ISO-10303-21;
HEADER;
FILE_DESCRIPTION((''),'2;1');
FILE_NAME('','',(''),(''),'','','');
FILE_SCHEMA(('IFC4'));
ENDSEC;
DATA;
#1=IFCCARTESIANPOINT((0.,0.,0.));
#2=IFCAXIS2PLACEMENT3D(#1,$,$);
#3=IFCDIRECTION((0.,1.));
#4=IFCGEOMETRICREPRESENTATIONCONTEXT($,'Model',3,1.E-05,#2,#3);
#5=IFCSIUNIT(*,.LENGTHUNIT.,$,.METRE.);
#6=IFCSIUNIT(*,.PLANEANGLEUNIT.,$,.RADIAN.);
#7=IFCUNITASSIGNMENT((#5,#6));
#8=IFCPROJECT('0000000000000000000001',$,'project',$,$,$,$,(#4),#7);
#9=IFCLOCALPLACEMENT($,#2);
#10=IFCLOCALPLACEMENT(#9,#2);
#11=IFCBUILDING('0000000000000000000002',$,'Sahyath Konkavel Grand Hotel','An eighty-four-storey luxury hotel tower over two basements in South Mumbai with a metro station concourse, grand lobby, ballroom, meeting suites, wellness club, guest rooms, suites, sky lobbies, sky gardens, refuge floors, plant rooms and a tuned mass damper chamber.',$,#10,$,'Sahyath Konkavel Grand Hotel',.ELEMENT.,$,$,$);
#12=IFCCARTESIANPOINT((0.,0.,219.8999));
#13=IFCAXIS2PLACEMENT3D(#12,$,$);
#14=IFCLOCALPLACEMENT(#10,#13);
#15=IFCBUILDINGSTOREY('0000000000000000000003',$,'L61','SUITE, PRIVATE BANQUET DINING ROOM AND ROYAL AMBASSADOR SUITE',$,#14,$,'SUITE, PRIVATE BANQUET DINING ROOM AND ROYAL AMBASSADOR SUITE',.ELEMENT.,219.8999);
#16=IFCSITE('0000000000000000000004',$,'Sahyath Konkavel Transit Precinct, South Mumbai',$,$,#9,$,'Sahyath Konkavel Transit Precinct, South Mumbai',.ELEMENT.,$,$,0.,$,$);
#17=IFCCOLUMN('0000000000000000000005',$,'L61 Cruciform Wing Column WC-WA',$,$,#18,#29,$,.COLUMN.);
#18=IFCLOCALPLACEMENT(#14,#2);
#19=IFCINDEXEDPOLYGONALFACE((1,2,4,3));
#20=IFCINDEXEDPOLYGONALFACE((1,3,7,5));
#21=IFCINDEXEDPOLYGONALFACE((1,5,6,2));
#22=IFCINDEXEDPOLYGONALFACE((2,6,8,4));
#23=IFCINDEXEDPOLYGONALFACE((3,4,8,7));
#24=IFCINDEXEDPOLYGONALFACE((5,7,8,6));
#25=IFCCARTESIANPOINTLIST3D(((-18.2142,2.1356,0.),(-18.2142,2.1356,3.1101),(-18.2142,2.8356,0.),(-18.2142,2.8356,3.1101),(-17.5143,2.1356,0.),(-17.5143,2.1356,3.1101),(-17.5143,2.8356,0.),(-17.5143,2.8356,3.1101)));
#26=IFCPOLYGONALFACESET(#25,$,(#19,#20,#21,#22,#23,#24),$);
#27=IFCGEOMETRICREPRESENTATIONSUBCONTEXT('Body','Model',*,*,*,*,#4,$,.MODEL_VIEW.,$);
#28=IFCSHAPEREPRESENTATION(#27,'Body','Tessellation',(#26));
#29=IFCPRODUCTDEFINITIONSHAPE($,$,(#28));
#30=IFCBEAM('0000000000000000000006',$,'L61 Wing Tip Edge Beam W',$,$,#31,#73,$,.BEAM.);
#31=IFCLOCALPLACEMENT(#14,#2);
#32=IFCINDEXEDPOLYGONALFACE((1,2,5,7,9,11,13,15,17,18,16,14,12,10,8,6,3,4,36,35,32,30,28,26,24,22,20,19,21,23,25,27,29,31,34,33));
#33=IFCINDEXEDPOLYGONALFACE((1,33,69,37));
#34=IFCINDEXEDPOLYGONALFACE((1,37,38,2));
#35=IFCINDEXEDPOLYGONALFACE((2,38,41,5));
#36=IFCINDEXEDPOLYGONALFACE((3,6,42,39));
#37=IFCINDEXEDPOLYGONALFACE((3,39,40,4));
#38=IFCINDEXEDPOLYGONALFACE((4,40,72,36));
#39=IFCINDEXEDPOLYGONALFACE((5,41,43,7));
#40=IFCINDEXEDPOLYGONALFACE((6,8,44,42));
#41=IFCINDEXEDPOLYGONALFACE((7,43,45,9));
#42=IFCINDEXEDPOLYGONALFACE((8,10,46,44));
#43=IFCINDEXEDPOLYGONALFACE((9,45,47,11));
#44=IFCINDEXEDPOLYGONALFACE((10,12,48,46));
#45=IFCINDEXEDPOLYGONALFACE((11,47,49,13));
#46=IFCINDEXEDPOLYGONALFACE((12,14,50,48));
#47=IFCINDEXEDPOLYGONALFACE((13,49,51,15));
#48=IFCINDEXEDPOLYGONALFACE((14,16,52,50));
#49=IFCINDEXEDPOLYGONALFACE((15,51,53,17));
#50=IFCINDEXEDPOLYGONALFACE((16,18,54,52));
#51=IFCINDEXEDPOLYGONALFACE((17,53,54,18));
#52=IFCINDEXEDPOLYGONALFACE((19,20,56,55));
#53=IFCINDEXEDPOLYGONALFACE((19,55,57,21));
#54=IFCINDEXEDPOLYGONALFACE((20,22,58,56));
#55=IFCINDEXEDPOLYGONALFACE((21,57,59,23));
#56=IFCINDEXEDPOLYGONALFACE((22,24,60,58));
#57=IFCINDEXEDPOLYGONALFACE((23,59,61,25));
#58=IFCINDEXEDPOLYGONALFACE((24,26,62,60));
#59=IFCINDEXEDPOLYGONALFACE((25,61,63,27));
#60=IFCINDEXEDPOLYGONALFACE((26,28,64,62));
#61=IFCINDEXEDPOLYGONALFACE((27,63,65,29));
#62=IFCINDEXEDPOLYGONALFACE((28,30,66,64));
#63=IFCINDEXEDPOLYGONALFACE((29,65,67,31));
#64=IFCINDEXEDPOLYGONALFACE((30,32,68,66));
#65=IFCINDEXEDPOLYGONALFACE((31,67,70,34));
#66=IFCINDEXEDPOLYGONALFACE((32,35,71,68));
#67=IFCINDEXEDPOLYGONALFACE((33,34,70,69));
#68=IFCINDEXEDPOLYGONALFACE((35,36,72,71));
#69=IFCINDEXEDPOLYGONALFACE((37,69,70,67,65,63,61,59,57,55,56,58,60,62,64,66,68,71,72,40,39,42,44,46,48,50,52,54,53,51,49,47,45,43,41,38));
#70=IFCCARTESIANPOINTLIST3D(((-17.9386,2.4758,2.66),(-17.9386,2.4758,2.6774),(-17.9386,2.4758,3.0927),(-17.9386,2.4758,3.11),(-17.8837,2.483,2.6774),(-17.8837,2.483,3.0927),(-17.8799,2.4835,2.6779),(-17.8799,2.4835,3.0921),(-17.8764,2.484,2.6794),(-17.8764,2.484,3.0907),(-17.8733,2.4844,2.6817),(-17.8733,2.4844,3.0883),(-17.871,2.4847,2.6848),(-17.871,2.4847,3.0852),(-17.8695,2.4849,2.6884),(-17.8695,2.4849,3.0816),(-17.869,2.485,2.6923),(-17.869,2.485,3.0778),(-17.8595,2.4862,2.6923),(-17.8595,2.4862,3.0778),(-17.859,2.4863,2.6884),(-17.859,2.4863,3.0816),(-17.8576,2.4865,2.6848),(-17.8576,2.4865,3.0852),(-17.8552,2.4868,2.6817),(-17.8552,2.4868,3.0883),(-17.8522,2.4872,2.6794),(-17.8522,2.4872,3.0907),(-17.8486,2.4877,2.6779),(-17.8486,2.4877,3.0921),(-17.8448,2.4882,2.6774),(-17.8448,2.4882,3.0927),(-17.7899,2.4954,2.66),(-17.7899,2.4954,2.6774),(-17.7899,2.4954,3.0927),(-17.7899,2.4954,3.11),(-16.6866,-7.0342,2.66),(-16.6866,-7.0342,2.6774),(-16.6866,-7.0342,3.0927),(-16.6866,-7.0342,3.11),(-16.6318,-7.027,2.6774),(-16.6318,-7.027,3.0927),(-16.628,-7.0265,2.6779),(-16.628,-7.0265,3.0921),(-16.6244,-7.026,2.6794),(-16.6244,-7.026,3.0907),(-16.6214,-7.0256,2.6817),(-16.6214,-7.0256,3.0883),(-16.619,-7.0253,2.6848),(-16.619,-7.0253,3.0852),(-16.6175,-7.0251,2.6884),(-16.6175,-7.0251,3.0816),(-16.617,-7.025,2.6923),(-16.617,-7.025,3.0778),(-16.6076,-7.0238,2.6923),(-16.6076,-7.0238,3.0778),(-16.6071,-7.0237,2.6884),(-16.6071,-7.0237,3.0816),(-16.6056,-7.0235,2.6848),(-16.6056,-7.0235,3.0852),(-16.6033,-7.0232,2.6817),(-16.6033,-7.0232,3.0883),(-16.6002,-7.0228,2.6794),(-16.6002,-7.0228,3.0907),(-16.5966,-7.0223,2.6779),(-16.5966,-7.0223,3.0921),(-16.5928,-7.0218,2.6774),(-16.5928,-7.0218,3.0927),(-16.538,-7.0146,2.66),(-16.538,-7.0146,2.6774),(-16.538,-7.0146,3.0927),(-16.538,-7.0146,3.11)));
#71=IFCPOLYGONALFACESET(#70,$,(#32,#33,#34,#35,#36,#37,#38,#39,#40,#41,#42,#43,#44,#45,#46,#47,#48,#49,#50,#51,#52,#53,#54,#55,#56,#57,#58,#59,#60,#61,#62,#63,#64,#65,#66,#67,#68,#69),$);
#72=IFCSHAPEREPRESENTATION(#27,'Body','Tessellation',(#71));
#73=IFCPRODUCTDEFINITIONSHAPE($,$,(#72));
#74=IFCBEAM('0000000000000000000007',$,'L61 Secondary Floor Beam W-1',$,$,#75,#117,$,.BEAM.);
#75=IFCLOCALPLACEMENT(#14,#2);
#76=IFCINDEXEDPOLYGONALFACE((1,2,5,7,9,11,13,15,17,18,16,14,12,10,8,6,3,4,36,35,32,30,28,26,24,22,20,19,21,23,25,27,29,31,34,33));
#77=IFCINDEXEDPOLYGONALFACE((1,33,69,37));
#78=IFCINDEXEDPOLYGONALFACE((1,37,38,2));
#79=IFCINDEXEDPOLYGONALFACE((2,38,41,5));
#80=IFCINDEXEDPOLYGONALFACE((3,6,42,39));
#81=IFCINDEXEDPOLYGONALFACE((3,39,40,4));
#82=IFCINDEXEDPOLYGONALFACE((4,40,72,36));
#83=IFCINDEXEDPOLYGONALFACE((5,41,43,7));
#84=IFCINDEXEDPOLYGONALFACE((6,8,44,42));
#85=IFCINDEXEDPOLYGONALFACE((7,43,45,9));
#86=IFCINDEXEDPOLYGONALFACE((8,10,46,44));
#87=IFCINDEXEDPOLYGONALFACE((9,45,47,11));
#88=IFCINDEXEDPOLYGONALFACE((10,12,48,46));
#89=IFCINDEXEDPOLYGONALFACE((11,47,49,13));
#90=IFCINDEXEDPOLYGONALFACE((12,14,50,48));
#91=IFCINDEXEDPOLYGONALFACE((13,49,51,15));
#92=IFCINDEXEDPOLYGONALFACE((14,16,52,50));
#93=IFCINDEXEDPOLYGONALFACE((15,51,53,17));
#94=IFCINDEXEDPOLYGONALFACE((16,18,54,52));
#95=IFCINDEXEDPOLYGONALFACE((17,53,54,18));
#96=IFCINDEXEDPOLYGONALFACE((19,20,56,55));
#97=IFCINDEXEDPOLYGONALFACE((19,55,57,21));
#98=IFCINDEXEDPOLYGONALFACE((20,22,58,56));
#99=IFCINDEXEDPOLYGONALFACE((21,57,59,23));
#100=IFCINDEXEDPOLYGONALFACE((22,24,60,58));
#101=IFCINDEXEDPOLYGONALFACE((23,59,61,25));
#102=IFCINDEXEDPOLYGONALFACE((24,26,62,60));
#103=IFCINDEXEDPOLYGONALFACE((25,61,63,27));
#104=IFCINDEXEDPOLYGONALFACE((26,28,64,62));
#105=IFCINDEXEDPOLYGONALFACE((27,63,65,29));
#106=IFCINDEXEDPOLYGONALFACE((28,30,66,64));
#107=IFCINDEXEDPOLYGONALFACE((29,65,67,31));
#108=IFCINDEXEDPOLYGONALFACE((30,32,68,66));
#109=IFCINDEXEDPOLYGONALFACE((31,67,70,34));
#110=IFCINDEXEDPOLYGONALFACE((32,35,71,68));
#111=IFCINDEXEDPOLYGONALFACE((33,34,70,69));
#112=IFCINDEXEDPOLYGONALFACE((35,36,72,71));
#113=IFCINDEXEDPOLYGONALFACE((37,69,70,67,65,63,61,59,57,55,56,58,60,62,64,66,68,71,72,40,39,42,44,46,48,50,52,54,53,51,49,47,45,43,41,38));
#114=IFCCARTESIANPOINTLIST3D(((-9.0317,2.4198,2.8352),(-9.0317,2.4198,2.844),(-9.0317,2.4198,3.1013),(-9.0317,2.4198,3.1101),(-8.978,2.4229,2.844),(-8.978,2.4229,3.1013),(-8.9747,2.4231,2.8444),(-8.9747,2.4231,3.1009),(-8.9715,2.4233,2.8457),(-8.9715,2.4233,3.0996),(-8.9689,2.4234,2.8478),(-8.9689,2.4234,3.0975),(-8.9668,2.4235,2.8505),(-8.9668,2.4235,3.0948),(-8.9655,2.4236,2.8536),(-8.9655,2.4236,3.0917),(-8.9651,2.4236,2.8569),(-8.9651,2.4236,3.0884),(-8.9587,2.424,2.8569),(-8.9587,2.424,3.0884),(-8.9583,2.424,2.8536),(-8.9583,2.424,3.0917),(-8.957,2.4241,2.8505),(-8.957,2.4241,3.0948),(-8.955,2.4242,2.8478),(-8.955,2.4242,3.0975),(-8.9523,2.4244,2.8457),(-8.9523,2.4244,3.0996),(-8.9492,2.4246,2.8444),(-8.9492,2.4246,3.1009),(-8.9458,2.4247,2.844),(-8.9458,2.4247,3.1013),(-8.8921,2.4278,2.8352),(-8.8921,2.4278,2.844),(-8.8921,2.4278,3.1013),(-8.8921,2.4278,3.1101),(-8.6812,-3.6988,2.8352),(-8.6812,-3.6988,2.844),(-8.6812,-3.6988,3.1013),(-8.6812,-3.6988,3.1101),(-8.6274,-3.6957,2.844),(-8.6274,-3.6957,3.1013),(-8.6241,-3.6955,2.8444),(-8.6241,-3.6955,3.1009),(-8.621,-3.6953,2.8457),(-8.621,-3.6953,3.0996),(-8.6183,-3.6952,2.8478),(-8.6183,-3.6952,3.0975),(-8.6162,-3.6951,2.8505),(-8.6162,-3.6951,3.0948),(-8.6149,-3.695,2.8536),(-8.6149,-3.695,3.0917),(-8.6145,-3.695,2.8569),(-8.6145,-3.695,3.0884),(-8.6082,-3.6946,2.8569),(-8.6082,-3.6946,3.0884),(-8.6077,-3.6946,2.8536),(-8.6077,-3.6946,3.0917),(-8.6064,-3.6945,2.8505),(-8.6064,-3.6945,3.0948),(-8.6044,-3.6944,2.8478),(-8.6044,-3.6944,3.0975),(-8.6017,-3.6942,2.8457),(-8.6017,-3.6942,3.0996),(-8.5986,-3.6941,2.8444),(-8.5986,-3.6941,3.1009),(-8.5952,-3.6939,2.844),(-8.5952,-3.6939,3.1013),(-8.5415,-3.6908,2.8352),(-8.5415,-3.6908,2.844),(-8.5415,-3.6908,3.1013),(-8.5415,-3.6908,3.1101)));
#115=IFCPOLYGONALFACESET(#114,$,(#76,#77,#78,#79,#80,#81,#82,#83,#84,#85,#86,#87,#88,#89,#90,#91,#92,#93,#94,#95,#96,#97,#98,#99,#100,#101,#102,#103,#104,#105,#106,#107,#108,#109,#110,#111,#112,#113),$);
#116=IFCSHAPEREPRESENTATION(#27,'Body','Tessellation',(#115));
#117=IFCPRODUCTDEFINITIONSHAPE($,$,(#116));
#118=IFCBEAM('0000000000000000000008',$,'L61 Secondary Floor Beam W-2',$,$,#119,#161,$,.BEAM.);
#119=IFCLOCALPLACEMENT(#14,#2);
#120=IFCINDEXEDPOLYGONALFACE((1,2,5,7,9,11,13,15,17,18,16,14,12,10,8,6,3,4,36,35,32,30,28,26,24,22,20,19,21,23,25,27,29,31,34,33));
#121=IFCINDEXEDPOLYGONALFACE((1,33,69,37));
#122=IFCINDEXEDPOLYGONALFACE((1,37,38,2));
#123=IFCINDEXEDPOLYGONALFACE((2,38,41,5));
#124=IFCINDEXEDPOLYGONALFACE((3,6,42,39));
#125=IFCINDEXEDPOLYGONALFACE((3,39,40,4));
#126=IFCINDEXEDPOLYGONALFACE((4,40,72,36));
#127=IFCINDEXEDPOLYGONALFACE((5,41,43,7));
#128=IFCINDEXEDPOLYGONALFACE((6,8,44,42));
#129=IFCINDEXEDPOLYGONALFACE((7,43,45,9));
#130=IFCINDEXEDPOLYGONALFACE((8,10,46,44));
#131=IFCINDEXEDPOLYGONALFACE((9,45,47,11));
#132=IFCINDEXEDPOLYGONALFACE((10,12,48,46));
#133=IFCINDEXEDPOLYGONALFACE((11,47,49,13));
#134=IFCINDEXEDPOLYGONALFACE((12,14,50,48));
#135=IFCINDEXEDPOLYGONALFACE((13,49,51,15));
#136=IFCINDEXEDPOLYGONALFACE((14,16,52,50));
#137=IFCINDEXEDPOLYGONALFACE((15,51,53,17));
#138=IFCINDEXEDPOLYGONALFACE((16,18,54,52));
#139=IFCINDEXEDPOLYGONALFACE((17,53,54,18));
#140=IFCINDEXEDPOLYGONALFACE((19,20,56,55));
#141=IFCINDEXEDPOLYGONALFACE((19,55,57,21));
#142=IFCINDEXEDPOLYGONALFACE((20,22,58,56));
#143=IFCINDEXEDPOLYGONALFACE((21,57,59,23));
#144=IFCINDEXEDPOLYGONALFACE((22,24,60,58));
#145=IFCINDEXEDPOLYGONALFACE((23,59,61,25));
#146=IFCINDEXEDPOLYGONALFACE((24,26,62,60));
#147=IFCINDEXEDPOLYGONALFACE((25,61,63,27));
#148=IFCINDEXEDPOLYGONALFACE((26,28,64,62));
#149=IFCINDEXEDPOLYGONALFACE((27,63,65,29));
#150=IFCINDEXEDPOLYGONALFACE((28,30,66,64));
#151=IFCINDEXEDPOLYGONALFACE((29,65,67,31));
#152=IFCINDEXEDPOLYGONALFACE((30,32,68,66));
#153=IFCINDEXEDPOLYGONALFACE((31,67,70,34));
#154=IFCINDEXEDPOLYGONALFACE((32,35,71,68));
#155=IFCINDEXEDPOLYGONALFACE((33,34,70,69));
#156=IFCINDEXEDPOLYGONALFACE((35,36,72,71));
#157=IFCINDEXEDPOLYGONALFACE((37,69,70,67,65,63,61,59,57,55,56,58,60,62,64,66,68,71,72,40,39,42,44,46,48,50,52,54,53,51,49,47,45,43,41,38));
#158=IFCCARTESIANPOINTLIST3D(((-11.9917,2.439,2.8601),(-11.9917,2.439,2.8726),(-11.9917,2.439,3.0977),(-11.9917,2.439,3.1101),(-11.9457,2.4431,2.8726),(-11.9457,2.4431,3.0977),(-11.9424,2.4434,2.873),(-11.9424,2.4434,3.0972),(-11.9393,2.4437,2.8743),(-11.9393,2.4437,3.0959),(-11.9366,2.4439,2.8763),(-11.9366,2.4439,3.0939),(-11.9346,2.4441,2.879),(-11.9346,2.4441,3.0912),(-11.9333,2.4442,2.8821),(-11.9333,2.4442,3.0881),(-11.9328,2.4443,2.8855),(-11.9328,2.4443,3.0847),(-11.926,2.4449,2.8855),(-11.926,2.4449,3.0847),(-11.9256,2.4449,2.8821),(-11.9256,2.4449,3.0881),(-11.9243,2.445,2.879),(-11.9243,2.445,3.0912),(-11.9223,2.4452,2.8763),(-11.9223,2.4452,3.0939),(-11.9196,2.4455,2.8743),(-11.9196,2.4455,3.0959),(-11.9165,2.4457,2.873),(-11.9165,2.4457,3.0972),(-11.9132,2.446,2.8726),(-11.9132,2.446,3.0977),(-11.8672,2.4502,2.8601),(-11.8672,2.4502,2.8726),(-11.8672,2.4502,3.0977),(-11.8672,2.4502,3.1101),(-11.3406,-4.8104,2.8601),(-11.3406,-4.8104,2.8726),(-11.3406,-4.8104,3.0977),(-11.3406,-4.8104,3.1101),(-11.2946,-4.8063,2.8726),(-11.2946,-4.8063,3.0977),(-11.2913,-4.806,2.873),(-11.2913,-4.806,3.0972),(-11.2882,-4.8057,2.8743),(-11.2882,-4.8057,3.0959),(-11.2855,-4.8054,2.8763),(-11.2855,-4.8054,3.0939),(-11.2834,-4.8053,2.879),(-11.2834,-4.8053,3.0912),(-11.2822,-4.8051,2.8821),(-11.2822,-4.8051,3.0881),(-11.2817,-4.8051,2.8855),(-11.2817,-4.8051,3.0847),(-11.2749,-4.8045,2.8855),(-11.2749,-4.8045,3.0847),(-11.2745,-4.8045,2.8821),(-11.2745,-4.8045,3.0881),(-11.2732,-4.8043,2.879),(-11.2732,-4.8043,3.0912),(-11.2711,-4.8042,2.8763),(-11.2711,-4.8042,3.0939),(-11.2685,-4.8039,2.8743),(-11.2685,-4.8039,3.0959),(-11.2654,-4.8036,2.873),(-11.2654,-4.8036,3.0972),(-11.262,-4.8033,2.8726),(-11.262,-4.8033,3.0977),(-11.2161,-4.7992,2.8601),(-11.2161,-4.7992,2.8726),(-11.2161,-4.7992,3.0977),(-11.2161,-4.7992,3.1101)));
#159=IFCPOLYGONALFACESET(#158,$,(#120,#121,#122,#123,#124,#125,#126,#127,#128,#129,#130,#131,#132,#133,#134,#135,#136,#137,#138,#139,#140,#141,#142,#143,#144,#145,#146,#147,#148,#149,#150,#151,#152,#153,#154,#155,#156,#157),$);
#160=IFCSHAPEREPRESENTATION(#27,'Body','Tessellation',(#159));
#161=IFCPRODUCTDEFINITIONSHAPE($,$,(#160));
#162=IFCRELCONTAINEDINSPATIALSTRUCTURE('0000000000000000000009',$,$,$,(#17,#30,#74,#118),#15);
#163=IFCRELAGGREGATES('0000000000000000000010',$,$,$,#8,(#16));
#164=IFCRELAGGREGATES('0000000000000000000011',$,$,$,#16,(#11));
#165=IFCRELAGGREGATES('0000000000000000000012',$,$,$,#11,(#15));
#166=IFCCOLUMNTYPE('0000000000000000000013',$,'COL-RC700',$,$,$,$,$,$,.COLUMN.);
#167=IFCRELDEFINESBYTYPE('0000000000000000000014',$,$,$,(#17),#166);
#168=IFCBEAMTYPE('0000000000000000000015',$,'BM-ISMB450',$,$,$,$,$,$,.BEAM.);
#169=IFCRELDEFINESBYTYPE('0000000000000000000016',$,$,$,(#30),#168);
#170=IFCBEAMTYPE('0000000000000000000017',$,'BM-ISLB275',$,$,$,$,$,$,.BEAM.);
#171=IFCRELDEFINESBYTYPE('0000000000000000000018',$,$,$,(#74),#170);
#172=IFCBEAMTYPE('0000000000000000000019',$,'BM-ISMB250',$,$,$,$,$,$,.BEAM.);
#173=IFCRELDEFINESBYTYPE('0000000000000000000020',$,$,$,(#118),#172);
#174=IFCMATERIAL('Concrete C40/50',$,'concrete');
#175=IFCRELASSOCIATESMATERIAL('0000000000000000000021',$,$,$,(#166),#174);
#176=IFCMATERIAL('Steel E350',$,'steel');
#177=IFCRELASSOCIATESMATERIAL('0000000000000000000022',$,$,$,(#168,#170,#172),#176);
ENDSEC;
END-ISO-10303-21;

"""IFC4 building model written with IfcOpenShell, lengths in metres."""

from ifc_helpers import new_model, si_unit, direction, frame, origin, origin_2d, place, context, subcontext, project, spatial, rectangle, i_section, extrude, source, transform, mapped, material, material_profile, profile_set, type_object, element, save


model = new_model("IFC4")

# Units and contexts
model_context = context("Model", 3, precision=1e-05, world=origin(), true_north=direction((0.0, 1.0)))
body_context = subcontext(model_context, "Body", "Model", "MODEL_VIEW")
ifc_project = project(units=[si_unit("LENGTHUNIT", "METRE"), si_unit("PLANEANGLEUNIT", "RADIAN")], contexts=[model_context])

# Site, building, storey
site_placement = place(None, origin())
site = spatial("IfcSite", under=ifc_project, at=site_placement, Name="Sahyath Konkavel Transit Precinct, South Mumbai", LongName="Sahyath Konkavel Transit Precinct, South Mumbai", CompositionType="ELEMENT", RefElevation=0.0)
building_placement = place(site_placement, origin())
building = spatial("IfcBuilding", under=site, at=building_placement, Name="Sahyath Konkavel Grand Hotel", Description="An eighty-four-storey luxury hotel tower over two basements in South Mumbai with a metro station concourse, grand lobby, ballroom, meeting suites, wellness club, guest rooms, suites, sky lobbies, sky gardens, refuge floors, plant rooms and a tuned mass damper chamber.", LongName="Sahyath Konkavel Grand Hotel", CompositionType="ELEMENT")
storey_placement = place(building_placement, frame((0.0, 0.0, 219.8999)))
storey = spatial("IfcBuildingStorey", under=building, at=storey_placement, Name="L61", Description="SUITE, PRIVATE BANQUET DINING ROOM AND ROYAL AMBASSADOR SUITE", LongName="SUITE, PRIVATE BANQUET DINING ROOM AND ROYAL AMBASSADOR SUITE", CompositionType="ELEMENT", Elevation=219.8999)

# Column
ifc_material_1 = material(Name="Concrete C40/50", Category="concrete")
ifc_material_profile_1 = material_profile(ifc_material_1, rectangle(XDim=0.7, YDim=0.7, at=origin_2d()), Name="RC 700x700")
ifc_profile_set_1 = profile_set([ifc_material_profile_1], Name="Concrete C40/50")
column_type = type_object("IfcColumnType", Name="COL-RC700", PredefinedType="COLUMN", material=ifc_profile_set_1)
shared_shape_1 = source(origin(), body_context, "Body", "SweptSolid", [
    extrude(rectangle(XDim=0.7, YDim=0.7, at=origin_2d()), origin(), (0.0, 0.0, 1.0), 3.1101),
])
column_placement = place(storey_placement, frame((-17.8643, 2.4856, 0.0), z_axis=(0.0, 0.0, 1.0), x_axis=(1.0, 0.0, 0.0)))
element("IfcColumn", 1, at=column_placement, inside=storey, type_object=column_type, Name="L61 Cruciform Wing Column WC-WA", PredefinedType="COLUMN", context=body_context, shape_type="MappedRepresentation", body=[
    mapped(shared_shape_1, transform((0.0, 0.0, 0.0), scale=1.0)),
])

# Beams
ifc_material_2 = material(Name="Steel E350", Category="steel")
ifc_material_profile_2 = material_profile(ifc_material_2, i_section(OverallWidth=0.1499, OverallDepth=0.45, WebThickness=0.0095, FlangeThickness=0.0173, FilletRadius=0.0149, at=origin_2d()), Name="ISMB 450")
ifc_profile_set_2 = profile_set([ifc_material_profile_2], Name="Steel E350")
beam_type_1 = type_object("IfcBeamType", Name="BM-ISMB450", PredefinedType="BEAM", material=ifc_profile_set_2)
shared_shape_2 = source(origin(), body_context, "Body", "SweptSolid", [
    extrude(i_section(OverallWidth=0.1499, OverallDepth=0.45, WebThickness=0.0095, FlangeThickness=0.0173, FilletRadius=0.0149, at=origin_2d()), origin(), (0.0, 0.0, 1.0), 9.592),
])
beam_1_placement = place(storey_placement, frame((-17.8643, 2.4856, 2.885), z_axis=(0.13052, -0.991446, 0.0), x_axis=(0.991446, 0.13052, 0.0)))
element("IfcBeam", 2, at=beam_1_placement, inside=storey, type_object=beam_type_1, Name="L61 Wing Tip Edge Beam W", PredefinedType="BEAM", context=body_context, shape_type="MappedRepresentation", body=[
    mapped(shared_shape_2, transform((0.0, 0.0, 0.0), scale=1.0)),
])
ifc_material_profile_3 = material_profile(ifc_material_2, i_section(OverallWidth=0.1399, OverallDepth=0.2749, WebThickness=0.0063, FlangeThickness=0.0088, FilletRadius=0.0129, at=origin_2d()), Name="ISLB 275")
ifc_profile_set_3 = profile_set([ifc_material_profile_3], Name="Steel E350")
beam_type_2 = type_object("IfcBeamType", Name="BM-ISLB275", PredefinedType="BEAM", material=ifc_profile_set_3)
shared_shape_3 = source(origin(), body_context, "Body", "SweptSolid", [
    extrude(i_section(OverallWidth=0.1399, OverallDepth=0.2749, WebThickness=0.0063, FlangeThickness=0.0088, FilletRadius=0.0129, at=origin_2d()), origin(), (0.0, 0.0, 1.0), 6.1287),
])
beam_2_placement = place(storey_placement, frame((-8.9619, 2.4238, 2.9727), z_axis=(0.057204, -0.998363, 0.0), x_axis=(0.998363, 0.057204, 0.0)))
element("IfcBeam", 3, at=beam_2_placement, inside=storey, type_object=beam_type_2, Name="L61 Secondary Floor Beam W-1", PredefinedType="BEAM", context=body_context, shape_type="MappedRepresentation", body=[
    mapped(shared_shape_3, transform((0.0, 0.0, 0.0), scale=1.0)),
])
ifc_material_profile_4 = material_profile(ifc_material_2, i_section(OverallWidth=0.125, OverallDepth=0.25, WebThickness=0.0068, FlangeThickness=0.0125, FilletRadius=0.0129, at=origin_2d()), Name="ISMB 250")
ifc_profile_set_4 = profile_set([ifc_material_profile_4], Name="Steel E350")
beam_type_3 = type_object("IfcBeamType", Name="BM-ISMB250", PredefinedType="BEAM", material=ifc_profile_set_4)
shared_shape_4 = source(origin(), body_context, "Body", "SweptSolid", [
    extrude(i_section(OverallWidth=0.125, OverallDepth=0.25, WebThickness=0.0068, FlangeThickness=0.0125, FilletRadius=0.0129, at=origin_2d()), origin(), (0.0, 0.0, 1.0), 7.2786),
])
beam_3_placement = place(storey_placement, frame((-11.9294, 2.4446, 2.9851), z_axis=(0.089459, -0.995991, 0.0), x_axis=(0.995991, 0.089459, 0.0)))
element("IfcBeam", 4, at=beam_3_placement, inside=storey, type_object=beam_type_3, Name="L61 Secondary Floor Beam W-2", PredefinedType="BEAM", context=body_context, shape_type="MappedRepresentation", body=[
    mapped(shared_shape_4, transform((0.0, 0.0, 0.0), scale=1.0)),
])

save(model, "model.ifc")
